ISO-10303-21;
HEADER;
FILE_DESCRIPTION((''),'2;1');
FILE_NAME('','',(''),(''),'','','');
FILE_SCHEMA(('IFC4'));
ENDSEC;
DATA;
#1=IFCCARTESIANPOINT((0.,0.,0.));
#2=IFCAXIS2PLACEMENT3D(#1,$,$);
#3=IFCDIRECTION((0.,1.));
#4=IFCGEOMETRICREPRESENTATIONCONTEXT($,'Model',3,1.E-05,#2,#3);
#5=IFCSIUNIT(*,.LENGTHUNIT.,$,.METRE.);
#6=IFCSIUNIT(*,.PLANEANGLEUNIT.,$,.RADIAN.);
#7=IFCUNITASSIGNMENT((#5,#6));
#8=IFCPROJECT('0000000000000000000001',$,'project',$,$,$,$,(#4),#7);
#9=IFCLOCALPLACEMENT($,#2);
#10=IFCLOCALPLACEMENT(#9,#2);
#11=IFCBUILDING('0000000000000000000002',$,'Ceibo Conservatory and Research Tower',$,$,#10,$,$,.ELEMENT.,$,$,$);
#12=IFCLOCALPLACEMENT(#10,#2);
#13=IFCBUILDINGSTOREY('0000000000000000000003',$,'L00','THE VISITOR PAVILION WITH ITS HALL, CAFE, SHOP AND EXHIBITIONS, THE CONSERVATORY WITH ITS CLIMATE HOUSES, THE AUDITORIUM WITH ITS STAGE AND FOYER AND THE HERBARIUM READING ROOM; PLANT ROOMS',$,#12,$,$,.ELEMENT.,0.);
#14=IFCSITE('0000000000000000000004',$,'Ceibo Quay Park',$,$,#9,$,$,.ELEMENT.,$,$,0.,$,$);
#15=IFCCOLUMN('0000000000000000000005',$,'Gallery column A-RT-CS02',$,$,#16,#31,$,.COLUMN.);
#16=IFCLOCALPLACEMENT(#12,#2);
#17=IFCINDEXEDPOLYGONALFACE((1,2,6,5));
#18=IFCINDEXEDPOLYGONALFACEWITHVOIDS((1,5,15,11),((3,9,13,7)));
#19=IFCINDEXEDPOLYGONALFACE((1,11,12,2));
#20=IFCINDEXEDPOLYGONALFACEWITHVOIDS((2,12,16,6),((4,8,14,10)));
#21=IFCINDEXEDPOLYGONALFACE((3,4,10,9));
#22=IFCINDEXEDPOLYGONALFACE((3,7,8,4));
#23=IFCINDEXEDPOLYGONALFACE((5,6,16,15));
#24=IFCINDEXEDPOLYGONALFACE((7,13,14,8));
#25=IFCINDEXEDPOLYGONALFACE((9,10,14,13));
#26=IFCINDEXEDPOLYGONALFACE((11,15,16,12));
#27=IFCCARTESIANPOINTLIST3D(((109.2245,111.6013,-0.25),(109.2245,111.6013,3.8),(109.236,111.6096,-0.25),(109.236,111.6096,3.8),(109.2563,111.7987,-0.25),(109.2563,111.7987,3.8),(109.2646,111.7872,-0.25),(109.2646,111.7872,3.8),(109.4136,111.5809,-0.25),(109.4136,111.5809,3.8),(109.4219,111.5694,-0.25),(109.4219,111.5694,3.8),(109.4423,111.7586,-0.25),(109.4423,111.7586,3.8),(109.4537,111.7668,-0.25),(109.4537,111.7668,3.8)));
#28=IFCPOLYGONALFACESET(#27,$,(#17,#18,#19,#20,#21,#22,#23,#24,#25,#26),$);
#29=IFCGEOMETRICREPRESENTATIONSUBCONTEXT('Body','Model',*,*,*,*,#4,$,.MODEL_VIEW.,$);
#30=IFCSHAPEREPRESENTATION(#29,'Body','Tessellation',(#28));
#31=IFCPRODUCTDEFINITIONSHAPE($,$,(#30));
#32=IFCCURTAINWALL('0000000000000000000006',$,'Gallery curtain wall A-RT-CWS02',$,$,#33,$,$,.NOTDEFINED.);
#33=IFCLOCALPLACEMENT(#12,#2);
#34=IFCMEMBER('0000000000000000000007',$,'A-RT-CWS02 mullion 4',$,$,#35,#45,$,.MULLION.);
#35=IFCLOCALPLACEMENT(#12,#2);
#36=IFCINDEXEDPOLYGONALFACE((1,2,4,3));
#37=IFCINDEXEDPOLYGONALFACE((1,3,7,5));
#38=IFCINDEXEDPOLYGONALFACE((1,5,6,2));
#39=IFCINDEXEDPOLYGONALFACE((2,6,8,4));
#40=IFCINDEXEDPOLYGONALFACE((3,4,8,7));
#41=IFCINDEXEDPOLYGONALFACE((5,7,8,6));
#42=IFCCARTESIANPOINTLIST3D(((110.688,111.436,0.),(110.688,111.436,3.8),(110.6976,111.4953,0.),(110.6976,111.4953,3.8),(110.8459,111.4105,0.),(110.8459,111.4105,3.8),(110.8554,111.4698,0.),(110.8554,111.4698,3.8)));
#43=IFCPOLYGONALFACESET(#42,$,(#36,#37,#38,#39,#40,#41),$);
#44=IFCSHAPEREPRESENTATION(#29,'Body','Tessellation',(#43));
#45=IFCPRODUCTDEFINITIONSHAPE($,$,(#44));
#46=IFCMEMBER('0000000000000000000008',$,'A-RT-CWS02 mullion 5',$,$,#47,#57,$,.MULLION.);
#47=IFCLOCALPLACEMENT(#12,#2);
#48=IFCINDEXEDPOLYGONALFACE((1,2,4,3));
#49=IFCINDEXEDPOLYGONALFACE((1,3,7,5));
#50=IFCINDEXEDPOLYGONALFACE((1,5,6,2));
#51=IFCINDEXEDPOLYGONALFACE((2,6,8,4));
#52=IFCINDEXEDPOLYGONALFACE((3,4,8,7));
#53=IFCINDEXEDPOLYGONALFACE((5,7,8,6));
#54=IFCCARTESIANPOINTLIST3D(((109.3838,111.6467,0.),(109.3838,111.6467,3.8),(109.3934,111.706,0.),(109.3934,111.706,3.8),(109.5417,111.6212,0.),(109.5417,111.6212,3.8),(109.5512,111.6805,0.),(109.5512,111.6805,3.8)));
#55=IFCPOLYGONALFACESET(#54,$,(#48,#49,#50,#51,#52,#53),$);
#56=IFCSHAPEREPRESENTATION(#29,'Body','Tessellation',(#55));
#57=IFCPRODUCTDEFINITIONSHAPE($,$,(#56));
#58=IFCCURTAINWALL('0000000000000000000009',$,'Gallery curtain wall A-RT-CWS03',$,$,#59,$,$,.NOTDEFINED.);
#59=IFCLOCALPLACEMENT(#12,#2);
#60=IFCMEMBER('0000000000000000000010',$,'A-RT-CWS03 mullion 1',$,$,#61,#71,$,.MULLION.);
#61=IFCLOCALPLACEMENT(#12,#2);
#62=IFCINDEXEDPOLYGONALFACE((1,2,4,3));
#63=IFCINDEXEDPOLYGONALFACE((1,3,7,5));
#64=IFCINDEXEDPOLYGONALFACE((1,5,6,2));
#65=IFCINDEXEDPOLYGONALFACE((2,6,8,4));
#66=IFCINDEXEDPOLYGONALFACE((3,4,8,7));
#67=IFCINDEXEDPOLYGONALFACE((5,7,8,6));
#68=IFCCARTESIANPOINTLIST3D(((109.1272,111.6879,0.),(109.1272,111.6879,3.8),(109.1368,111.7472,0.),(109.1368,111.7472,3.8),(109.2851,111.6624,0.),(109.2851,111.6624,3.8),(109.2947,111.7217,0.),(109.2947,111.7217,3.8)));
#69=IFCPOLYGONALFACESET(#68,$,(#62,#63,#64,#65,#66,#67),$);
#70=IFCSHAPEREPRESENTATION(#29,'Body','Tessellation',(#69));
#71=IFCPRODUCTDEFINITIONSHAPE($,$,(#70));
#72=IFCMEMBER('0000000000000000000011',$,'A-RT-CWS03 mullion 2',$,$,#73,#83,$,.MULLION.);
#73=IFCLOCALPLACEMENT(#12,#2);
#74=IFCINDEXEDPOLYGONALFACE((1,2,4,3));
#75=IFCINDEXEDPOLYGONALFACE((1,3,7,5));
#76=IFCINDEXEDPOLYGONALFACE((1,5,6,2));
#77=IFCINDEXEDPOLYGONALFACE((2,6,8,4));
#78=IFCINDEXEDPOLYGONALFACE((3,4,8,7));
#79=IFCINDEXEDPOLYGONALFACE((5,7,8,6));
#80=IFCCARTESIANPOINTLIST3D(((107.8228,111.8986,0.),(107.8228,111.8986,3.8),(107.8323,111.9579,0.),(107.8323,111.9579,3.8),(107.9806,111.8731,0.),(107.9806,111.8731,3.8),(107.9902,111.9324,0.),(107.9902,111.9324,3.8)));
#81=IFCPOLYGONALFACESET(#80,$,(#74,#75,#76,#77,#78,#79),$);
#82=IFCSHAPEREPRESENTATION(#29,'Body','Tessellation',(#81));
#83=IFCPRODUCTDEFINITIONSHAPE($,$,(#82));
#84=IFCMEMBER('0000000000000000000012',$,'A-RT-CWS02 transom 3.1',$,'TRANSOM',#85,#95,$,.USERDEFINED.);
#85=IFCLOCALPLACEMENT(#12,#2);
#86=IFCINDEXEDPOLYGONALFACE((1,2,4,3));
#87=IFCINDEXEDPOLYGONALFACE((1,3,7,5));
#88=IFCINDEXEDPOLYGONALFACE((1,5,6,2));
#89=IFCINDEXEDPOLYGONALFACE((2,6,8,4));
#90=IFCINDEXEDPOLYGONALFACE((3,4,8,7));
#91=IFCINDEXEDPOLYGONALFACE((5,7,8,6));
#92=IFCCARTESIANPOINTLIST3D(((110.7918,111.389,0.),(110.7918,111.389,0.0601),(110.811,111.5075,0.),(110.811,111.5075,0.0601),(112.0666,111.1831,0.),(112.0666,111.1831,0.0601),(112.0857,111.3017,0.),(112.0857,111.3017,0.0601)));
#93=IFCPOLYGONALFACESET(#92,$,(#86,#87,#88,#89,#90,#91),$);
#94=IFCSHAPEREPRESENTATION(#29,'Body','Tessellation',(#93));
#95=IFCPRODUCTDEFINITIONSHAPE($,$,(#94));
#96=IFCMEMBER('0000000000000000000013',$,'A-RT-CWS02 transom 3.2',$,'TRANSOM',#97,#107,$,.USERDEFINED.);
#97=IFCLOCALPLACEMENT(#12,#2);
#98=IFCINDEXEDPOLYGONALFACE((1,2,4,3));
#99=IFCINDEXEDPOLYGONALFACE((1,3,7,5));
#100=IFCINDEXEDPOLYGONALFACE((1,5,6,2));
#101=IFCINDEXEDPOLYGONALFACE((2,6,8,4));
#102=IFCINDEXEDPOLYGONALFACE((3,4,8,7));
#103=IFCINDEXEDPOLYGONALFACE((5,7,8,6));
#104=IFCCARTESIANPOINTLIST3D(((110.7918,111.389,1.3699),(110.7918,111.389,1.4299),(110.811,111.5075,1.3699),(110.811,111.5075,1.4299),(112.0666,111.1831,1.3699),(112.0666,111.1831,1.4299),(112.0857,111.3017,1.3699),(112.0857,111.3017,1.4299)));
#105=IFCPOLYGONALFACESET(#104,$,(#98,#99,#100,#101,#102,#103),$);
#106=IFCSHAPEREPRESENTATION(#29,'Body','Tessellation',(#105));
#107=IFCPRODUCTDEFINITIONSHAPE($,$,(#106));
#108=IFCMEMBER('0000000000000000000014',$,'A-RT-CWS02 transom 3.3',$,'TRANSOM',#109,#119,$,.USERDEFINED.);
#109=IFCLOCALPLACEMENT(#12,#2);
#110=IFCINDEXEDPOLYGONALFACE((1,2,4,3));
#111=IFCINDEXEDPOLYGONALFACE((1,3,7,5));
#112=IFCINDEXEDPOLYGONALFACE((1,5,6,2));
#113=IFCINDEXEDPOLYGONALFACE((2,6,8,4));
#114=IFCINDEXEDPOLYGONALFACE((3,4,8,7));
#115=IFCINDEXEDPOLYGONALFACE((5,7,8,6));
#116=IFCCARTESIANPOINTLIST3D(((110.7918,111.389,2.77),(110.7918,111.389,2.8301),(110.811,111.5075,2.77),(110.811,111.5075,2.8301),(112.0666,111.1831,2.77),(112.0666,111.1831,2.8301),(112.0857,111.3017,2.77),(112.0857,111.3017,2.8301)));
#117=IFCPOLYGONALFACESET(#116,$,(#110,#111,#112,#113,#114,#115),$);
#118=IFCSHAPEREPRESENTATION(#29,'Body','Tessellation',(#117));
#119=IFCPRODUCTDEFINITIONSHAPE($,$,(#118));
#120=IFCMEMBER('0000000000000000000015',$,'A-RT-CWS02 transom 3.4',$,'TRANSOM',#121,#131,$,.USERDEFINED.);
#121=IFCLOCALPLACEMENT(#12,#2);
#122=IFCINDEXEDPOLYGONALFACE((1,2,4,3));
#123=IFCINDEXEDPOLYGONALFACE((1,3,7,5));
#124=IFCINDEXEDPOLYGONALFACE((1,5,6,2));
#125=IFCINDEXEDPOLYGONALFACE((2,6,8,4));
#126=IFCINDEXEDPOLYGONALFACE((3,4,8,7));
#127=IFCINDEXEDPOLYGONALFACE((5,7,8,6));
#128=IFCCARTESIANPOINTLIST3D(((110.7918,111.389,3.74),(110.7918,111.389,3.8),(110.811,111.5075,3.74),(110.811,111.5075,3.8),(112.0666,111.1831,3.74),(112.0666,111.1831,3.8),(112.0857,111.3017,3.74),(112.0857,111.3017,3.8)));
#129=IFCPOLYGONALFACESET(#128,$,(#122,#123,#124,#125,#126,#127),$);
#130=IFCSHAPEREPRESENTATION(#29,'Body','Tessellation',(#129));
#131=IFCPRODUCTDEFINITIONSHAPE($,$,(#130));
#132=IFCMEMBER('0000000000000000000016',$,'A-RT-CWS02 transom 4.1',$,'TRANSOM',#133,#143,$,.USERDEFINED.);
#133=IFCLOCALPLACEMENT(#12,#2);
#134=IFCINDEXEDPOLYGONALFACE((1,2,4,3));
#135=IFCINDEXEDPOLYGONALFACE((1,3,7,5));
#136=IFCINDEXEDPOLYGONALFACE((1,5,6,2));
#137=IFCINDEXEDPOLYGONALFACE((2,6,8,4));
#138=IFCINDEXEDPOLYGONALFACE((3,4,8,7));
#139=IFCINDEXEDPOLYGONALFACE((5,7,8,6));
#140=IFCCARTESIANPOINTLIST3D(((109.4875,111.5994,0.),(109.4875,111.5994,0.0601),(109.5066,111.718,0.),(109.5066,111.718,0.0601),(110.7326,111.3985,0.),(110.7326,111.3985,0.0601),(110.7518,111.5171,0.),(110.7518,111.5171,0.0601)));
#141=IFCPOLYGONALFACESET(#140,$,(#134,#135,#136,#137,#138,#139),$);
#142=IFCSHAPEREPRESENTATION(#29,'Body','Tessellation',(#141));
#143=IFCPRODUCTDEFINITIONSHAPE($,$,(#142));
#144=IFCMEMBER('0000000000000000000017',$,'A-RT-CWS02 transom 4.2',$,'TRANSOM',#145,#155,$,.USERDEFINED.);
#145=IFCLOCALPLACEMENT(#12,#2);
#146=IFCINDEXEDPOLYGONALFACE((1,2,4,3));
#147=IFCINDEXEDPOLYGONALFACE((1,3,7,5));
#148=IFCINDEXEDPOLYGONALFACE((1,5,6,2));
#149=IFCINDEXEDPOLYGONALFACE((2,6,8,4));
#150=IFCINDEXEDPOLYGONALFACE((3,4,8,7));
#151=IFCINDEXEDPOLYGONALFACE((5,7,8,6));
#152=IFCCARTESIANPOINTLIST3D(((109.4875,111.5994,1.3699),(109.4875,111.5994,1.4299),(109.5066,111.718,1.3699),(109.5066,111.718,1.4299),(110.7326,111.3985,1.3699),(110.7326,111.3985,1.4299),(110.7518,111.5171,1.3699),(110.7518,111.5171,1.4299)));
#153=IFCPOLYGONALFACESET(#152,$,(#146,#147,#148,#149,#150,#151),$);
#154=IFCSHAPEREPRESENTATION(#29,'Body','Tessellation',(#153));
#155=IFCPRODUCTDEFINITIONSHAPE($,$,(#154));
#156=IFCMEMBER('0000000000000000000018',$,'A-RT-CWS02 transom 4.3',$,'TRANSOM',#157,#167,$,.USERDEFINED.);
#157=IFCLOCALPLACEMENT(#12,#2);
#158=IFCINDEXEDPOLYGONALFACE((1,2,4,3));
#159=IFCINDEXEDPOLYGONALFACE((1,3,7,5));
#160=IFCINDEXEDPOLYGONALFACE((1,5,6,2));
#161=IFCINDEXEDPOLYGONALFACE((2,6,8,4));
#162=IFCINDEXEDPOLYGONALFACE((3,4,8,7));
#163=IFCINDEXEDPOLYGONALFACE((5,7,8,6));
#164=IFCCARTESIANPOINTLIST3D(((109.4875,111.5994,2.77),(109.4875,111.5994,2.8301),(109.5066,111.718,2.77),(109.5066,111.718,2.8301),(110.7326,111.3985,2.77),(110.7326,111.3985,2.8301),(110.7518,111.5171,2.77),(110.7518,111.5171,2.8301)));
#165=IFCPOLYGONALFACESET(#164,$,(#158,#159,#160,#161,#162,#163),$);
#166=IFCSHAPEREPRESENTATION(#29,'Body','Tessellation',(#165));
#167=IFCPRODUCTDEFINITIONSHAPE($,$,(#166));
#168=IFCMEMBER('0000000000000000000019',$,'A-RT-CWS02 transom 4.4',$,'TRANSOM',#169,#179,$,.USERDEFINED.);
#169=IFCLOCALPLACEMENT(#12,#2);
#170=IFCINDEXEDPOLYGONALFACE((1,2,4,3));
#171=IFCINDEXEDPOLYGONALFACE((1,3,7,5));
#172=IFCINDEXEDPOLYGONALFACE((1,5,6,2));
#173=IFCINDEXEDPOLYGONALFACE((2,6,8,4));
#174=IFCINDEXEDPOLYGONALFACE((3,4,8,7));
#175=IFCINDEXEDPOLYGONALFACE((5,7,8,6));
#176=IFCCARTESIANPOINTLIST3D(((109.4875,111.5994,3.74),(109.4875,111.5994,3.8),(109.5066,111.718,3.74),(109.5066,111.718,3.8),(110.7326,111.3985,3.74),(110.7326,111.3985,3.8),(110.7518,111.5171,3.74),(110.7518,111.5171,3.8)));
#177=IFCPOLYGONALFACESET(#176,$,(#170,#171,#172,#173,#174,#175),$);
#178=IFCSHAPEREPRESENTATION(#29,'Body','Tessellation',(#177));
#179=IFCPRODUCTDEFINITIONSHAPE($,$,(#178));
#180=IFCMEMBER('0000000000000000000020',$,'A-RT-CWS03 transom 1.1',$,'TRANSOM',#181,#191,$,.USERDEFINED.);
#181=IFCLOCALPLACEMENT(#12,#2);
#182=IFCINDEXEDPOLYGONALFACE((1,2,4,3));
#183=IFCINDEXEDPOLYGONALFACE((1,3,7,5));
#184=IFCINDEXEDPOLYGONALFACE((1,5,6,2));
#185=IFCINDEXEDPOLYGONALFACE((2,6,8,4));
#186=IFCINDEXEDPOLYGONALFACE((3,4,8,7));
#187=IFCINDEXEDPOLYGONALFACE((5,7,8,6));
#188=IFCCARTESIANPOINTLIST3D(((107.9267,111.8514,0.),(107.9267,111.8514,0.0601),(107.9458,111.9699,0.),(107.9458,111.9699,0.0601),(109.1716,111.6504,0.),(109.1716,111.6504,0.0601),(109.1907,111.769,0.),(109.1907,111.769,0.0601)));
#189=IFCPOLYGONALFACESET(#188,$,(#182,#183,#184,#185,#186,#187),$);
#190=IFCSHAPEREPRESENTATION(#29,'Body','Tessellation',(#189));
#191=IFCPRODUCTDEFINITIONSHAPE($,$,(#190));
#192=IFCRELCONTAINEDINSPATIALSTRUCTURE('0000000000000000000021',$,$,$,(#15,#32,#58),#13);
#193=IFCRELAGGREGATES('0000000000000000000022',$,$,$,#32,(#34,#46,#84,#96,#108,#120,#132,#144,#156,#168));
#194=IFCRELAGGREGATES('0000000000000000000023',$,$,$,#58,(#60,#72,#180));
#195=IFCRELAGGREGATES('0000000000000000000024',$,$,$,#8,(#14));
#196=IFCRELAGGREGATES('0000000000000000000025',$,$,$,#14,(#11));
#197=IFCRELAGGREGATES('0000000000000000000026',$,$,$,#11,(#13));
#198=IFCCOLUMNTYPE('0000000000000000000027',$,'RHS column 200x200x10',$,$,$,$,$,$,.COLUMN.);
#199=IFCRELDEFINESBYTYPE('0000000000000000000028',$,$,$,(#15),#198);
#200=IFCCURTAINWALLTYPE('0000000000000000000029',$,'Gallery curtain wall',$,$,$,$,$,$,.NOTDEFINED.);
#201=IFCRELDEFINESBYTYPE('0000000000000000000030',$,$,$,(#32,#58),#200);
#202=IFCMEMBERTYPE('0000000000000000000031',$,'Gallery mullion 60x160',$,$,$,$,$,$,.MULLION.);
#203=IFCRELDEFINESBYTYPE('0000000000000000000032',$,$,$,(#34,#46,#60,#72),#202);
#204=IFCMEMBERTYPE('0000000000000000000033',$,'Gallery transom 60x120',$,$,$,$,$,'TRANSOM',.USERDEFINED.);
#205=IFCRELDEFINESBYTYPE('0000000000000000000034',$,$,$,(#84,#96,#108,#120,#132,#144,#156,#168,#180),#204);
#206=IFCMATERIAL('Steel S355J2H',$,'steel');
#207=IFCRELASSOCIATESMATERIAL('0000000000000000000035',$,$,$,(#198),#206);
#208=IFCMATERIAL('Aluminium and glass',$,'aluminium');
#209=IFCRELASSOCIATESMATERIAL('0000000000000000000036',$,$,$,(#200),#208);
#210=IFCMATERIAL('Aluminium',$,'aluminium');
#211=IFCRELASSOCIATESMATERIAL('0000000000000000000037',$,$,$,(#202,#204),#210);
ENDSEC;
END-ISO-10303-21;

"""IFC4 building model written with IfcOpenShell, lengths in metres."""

from ifc_helpers import new_model, si_unit, direction, frame, origin, origin_2d, place, context, subcontext, project, spatial, rectangle, hollow_rectangle, extrude, material, material_profile, profile_set, type_object, element, aggregate, save


model = new_model("IFC4")

# Units and contexts
model_context = context("Model", 3, precision=1e-05, world=origin(), true_north=direction((0.0, 1.0)))
body_context = subcontext(model_context, "Body", "Model", "MODEL_VIEW")
ifc_project = project(units=[si_unit("LENGTHUNIT", "METRE"), si_unit("PLANEANGLEUNIT", "RADIAN")], contexts=[model_context])

# Site, building, storey
site_placement = place(None, origin())
site = spatial("IfcSite", under=ifc_project, at=site_placement, Name="Ceibo Quay Park", CompositionType="ELEMENT", RefElevation=0.0)
building_placement = place(site_placement, origin())
building = spatial("IfcBuilding", under=site, at=building_placement, Name="Ceibo Conservatory and Research Tower", CompositionType="ELEMENT")
storey_placement = place(building_placement, origin())
storey = spatial("IfcBuildingStorey", under=building, at=storey_placement, Name="L00", Description="THE VISITOR PAVILION WITH ITS HALL, CAFE, SHOP AND EXHIBITIONS, THE CONSERVATORY WITH ITS CLIMATE HOUSES, THE AUDITORIUM WITH ITS STAGE AND FOYER AND THE HERBARIUM READING ROOM; PLANT ROOMS", CompositionType="ELEMENT", Elevation=0.0)

# Column
ifc_material_1 = material(Name="Steel S355J2H", Category="steel")
ifc_material_profile_1 = material_profile(ifc_material_1, hollow_rectangle(XDim=0.2, YDim=0.2, WallThickness=0.01, at=origin_2d()), Name="RHS column 200x200x10")
ifc_profile_set_1 = profile_set([ifc_material_profile_1], Name="Steel S355J2H")
column_type = type_object("IfcColumnType", Name="RHS column 200x200x10", PredefinedType="COLUMN", material=ifc_profile_set_1)
column_placement = place(storey_placement, frame((109.3391, 111.6841, -0.25), z_axis=(0.0, 0.0, 1.0), x_axis=(-0.987216, 0.159391, 0.0)))
element("IfcColumn", 1, at=column_placement, inside=storey, type_object=column_type, Name="Gallery column A-RT-CS02", PredefinedType="COLUMN", context=body_context, shape_type="SweptSolid", body=[
    extrude(hollow_rectangle(XDim=0.2, YDim=0.2, WallThickness=0.01, at=origin_2d()), origin(), (0.0, 0.0, 1.0), 4.05),
])

# Curtain walls, members
ifc_material_2 = material(Name="Aluminium and glass", Category="aluminium")
curtain_wall_type = type_object("IfcCurtainWallType", Name="Gallery curtain wall", PredefinedType="NOTDEFINED", material=ifc_material_2)
curtain_wall_1_placement = place(storey_placement, origin())
curtain_wall_1 = element("IfcCurtainWall", 2, at=curtain_wall_1_placement, inside=storey, type_object=curtain_wall_type, Name="Gallery curtain wall A-RT-CWS02", PredefinedType="NOTDEFINED")
ifc_material_3 = material(Name="Aluminium", Category="aluminium")
ifc_material_profile_2 = material_profile(ifc_material_3, rectangle(XDim=0.0601, YDim=0.1599, at=origin_2d()), Name="AL 60x160")
ifc_profile_set_2 = profile_set([ifc_material_profile_2], Name="Aluminium")
member_type_1 = type_object("IfcMemberType", Name="Gallery mullion 60x160", PredefinedType="MULLION", material=ifc_profile_set_2)
member_1_placement = place(storey_placement, frame((110.7717, 111.4529, 0.0), z_axis=(0.0, 0.0, 1.0), x_axis=(-0.159391, -0.987216, 0.0)))
member_1 = element("IfcMember", 3, at=member_1_placement, type_object=member_type_1, Name="A-RT-CWS02 mullion 4", PredefinedType="MULLION", context=body_context, shape_type="SweptSolid", body=[
    extrude(rectangle(XDim=0.0601, YDim=0.1599, at=origin_2d()), origin(), (0.0, 0.0, 1.0), 3.8),
])
member_2_placement = place(storey_placement, frame((109.4675, 111.6636, 0.0), z_axis=(0.0, 0.0, 1.0), x_axis=(-0.159391, -0.987216, 0.0)))
member_2 = element("IfcMember", 4, at=member_2_placement, type_object=member_type_1, Name="A-RT-CWS02 mullion 5", PredefinedType="MULLION", context=body_context, shape_type="SweptSolid", body=[
    extrude(rectangle(XDim=0.0601, YDim=0.1599, at=origin_2d()), origin(), (0.0, 0.0, 1.0), 3.8),
])
curtain_wall_2_placement = place(storey_placement, origin())
curtain_wall_2 = element("IfcCurtainWall", 5, at=curtain_wall_2_placement, inside=storey, type_object=curtain_wall_type, Name="Gallery curtain wall A-RT-CWS03", PredefinedType="NOTDEFINED")
member_3_placement = place(storey_placement, frame((109.2109, 111.7048, 0.0), z_axis=(0.0, 0.0, 1.0), x_axis=(-0.159391, -0.987216, 0.0)))
member_3 = element("IfcMember", 6, at=member_3_placement, type_object=member_type_1, Name="A-RT-CWS03 mullion 1", PredefinedType="MULLION", context=body_context, shape_type="SweptSolid", body=[
    extrude(rectangle(XDim=0.0601, YDim=0.1599, at=origin_2d()), origin(), (0.0, 0.0, 1.0), 3.8),
])
member_4_placement = place(storey_placement, frame((107.9065, 111.9155, 0.0), z_axis=(0.0, 0.0, 1.0), x_axis=(-0.159391, -0.987216, 0.0)))
member_4 = element("IfcMember", 7, at=member_4_placement, type_object=member_type_1, Name="A-RT-CWS03 mullion 2", PredefinedType="MULLION", context=body_context, shape_type="SweptSolid", body=[
    extrude(rectangle(XDim=0.0601, YDim=0.1599, at=origin_2d()), origin(), (0.0, 0.0, 1.0), 3.8),
])

# Members
ifc_material_profile_3 = material_profile(ifc_material_3, rectangle(XDim=0.1201, YDim=0.0601, at=origin_2d()), Name="AL 60x120")
ifc_profile_set_3 = profile_set([ifc_material_profile_3], Name="Aluminium")
member_type_2 = type_object("IfcMemberType", Name="Gallery transom 60x120", ElementType="TRANSOM", PredefinedType="USERDEFINED", material=ifc_profile_set_3)
member_5_placement = place(storey_placement, frame((112.0762, 111.2424, 0.03), z_axis=(-0.987214, 0.159399, 0.0), x_axis=(-0.159399, -0.987214, 0.0)))
member_5 = element("IfcMember", 8, at=member_5_placement, type_object=member_type_2, Name="A-RT-CWS02 transom 3.1", ObjectType="TRANSOM", PredefinedType="USERDEFINED", context=body_context, shape_type="SweptSolid", body=[
    extrude(rectangle(XDim=0.1201, YDim=0.0601, at=origin_2d()), origin(), (0.0, 0.0, 1.0), 1.2913),
])
member_6_placement = place(storey_placement, frame((112.0762, 111.2424, 1.3999), z_axis=(-0.987214, 0.159399, 0.0), x_axis=(-0.159399, -0.987214, 0.0)))
member_6 = element("IfcMember", 9, at=member_6_placement, type_object=member_type_2, Name="A-RT-CWS02 transom 3.2", ObjectType="TRANSOM", PredefinedType="USERDEFINED", context=body_context, shape_type="SweptSolid", body=[
    extrude(rectangle(XDim=0.1201, YDim=0.0601, at=origin_2d()), origin(), (0.0, 0.0, 1.0), 1.2913),
])
member_7_placement = place(storey_placement, frame((112.0762, 111.2424, 2.8), z_axis=(-0.987214, 0.159399, 0.0), x_axis=(-0.159399, -0.987214, 0.0)))
member_7 = element("IfcMember", 10, at=member_7_placement, type_object=member_type_2, Name="A-RT-CWS02 transom 3.3", ObjectType="TRANSOM", PredefinedType="USERDEFINED", context=body_context, shape_type="SweptSolid", body=[
    extrude(rectangle(XDim=0.1201, YDim=0.0601, at=origin_2d()), origin(), (0.0, 0.0, 1.0), 1.2913),
])
member_8_placement = place(storey_placement, frame((112.0762, 111.2424, 3.77), z_axis=(-0.987214, 0.159399, 0.0), x_axis=(-0.159399, -0.987214, 0.0)))
member_8 = element("IfcMember", 11, at=member_8_placement, type_object=member_type_2, Name="A-RT-CWS02 transom 3.4", ObjectType="TRANSOM", PredefinedType="USERDEFINED", context=body_context, shape_type="SweptSolid", body=[
    extrude(rectangle(XDim=0.1201, YDim=0.0601, at=origin_2d()), origin(), (0.0, 0.0, 1.0), 1.2913),
])
member_9_placement = place(storey_placement, frame((110.7422, 111.4578, 0.03), z_axis=(-0.987228, 0.159312, 0.0), x_axis=(-0.159312, -0.987228, 0.0)))
member_9 = element("IfcMember", 12, at=member_9_placement, type_object=member_type_2, Name="A-RT-CWS02 transom 4.1", ObjectType="TRANSOM", PredefinedType="USERDEFINED", context=body_context, shape_type="SweptSolid", body=[
    extrude(rectangle(XDim=0.1201, YDim=0.0601, at=origin_2d()), origin(), (0.0, 0.0, 1.0), 1.2612),
])
member_10_placement = place(storey_placement, frame((110.7422, 111.4578, 1.3999), z_axis=(-0.987228, 0.159312, 0.0), x_axis=(-0.159312, -0.987228, 0.0)))
member_10 = element("IfcMember", 13, at=member_10_placement, type_object=member_type_2, Name="A-RT-CWS02 transom 4.2", ObjectType="TRANSOM", PredefinedType="USERDEFINED", context=body_context, shape_type="SweptSolid", body=[
    extrude(rectangle(XDim=0.1201, YDim=0.0601, at=origin_2d()), origin(), (0.0, 0.0, 1.0), 1.2612),
])
member_11_placement = place(storey_placement, frame((110.7422, 111.4578, 2.8), z_axis=(-0.987228, 0.159312, 0.0), x_axis=(-0.159312, -0.987228, 0.0)))
member_11 = element("IfcMember", 14, at=member_11_placement, type_object=member_type_2, Name="A-RT-CWS02 transom 4.3", ObjectType="TRANSOM", PredefinedType="USERDEFINED", context=body_context, shape_type="SweptSolid", body=[
    extrude(rectangle(XDim=0.1201, YDim=0.0601, at=origin_2d()), origin(), (0.0, 0.0, 1.0), 1.2612),
])
member_12_placement = place(storey_placement, frame((110.7422, 111.4578, 3.77), z_axis=(-0.987228, 0.159312, 0.0), x_axis=(-0.159312, -0.987228, 0.0)))
member_12 = element("IfcMember", 15, at=member_12_placement, type_object=member_type_2, Name="A-RT-CWS02 transom 4.4", ObjectType="TRANSOM", PredefinedType="USERDEFINED", context=body_context, shape_type="SweptSolid", body=[
    extrude(rectangle(XDim=0.1201, YDim=0.0601, at=origin_2d()), origin(), (0.0, 0.0, 1.0), 1.2612),
])
member_13_placement = place(storey_placement, frame((109.1812, 111.7097, 0.03), z_axis=(-0.987223, 0.159342, 0.0), x_axis=(-0.159342, -0.987223, 0.0)))
member_13 = element("IfcMember", 16, at=member_13_placement, type_object=member_type_2, Name="A-RT-CWS03 transom 1.1", ObjectType="TRANSOM", PredefinedType="USERDEFINED", context=body_context, shape_type="SweptSolid", body=[
    extrude(rectangle(XDim=0.1201, YDim=0.0601, at=origin_2d()), origin(), (0.0, 0.0, 1.0), 1.261),
])

aggregate(curtain_wall_1, [member_1, member_2, member_5, member_6, member_7, member_8, member_9, member_10, member_11, member_12])
aggregate(curtain_wall_2, [member_3, member_4, member_13])

save(model, "model.ifc")
